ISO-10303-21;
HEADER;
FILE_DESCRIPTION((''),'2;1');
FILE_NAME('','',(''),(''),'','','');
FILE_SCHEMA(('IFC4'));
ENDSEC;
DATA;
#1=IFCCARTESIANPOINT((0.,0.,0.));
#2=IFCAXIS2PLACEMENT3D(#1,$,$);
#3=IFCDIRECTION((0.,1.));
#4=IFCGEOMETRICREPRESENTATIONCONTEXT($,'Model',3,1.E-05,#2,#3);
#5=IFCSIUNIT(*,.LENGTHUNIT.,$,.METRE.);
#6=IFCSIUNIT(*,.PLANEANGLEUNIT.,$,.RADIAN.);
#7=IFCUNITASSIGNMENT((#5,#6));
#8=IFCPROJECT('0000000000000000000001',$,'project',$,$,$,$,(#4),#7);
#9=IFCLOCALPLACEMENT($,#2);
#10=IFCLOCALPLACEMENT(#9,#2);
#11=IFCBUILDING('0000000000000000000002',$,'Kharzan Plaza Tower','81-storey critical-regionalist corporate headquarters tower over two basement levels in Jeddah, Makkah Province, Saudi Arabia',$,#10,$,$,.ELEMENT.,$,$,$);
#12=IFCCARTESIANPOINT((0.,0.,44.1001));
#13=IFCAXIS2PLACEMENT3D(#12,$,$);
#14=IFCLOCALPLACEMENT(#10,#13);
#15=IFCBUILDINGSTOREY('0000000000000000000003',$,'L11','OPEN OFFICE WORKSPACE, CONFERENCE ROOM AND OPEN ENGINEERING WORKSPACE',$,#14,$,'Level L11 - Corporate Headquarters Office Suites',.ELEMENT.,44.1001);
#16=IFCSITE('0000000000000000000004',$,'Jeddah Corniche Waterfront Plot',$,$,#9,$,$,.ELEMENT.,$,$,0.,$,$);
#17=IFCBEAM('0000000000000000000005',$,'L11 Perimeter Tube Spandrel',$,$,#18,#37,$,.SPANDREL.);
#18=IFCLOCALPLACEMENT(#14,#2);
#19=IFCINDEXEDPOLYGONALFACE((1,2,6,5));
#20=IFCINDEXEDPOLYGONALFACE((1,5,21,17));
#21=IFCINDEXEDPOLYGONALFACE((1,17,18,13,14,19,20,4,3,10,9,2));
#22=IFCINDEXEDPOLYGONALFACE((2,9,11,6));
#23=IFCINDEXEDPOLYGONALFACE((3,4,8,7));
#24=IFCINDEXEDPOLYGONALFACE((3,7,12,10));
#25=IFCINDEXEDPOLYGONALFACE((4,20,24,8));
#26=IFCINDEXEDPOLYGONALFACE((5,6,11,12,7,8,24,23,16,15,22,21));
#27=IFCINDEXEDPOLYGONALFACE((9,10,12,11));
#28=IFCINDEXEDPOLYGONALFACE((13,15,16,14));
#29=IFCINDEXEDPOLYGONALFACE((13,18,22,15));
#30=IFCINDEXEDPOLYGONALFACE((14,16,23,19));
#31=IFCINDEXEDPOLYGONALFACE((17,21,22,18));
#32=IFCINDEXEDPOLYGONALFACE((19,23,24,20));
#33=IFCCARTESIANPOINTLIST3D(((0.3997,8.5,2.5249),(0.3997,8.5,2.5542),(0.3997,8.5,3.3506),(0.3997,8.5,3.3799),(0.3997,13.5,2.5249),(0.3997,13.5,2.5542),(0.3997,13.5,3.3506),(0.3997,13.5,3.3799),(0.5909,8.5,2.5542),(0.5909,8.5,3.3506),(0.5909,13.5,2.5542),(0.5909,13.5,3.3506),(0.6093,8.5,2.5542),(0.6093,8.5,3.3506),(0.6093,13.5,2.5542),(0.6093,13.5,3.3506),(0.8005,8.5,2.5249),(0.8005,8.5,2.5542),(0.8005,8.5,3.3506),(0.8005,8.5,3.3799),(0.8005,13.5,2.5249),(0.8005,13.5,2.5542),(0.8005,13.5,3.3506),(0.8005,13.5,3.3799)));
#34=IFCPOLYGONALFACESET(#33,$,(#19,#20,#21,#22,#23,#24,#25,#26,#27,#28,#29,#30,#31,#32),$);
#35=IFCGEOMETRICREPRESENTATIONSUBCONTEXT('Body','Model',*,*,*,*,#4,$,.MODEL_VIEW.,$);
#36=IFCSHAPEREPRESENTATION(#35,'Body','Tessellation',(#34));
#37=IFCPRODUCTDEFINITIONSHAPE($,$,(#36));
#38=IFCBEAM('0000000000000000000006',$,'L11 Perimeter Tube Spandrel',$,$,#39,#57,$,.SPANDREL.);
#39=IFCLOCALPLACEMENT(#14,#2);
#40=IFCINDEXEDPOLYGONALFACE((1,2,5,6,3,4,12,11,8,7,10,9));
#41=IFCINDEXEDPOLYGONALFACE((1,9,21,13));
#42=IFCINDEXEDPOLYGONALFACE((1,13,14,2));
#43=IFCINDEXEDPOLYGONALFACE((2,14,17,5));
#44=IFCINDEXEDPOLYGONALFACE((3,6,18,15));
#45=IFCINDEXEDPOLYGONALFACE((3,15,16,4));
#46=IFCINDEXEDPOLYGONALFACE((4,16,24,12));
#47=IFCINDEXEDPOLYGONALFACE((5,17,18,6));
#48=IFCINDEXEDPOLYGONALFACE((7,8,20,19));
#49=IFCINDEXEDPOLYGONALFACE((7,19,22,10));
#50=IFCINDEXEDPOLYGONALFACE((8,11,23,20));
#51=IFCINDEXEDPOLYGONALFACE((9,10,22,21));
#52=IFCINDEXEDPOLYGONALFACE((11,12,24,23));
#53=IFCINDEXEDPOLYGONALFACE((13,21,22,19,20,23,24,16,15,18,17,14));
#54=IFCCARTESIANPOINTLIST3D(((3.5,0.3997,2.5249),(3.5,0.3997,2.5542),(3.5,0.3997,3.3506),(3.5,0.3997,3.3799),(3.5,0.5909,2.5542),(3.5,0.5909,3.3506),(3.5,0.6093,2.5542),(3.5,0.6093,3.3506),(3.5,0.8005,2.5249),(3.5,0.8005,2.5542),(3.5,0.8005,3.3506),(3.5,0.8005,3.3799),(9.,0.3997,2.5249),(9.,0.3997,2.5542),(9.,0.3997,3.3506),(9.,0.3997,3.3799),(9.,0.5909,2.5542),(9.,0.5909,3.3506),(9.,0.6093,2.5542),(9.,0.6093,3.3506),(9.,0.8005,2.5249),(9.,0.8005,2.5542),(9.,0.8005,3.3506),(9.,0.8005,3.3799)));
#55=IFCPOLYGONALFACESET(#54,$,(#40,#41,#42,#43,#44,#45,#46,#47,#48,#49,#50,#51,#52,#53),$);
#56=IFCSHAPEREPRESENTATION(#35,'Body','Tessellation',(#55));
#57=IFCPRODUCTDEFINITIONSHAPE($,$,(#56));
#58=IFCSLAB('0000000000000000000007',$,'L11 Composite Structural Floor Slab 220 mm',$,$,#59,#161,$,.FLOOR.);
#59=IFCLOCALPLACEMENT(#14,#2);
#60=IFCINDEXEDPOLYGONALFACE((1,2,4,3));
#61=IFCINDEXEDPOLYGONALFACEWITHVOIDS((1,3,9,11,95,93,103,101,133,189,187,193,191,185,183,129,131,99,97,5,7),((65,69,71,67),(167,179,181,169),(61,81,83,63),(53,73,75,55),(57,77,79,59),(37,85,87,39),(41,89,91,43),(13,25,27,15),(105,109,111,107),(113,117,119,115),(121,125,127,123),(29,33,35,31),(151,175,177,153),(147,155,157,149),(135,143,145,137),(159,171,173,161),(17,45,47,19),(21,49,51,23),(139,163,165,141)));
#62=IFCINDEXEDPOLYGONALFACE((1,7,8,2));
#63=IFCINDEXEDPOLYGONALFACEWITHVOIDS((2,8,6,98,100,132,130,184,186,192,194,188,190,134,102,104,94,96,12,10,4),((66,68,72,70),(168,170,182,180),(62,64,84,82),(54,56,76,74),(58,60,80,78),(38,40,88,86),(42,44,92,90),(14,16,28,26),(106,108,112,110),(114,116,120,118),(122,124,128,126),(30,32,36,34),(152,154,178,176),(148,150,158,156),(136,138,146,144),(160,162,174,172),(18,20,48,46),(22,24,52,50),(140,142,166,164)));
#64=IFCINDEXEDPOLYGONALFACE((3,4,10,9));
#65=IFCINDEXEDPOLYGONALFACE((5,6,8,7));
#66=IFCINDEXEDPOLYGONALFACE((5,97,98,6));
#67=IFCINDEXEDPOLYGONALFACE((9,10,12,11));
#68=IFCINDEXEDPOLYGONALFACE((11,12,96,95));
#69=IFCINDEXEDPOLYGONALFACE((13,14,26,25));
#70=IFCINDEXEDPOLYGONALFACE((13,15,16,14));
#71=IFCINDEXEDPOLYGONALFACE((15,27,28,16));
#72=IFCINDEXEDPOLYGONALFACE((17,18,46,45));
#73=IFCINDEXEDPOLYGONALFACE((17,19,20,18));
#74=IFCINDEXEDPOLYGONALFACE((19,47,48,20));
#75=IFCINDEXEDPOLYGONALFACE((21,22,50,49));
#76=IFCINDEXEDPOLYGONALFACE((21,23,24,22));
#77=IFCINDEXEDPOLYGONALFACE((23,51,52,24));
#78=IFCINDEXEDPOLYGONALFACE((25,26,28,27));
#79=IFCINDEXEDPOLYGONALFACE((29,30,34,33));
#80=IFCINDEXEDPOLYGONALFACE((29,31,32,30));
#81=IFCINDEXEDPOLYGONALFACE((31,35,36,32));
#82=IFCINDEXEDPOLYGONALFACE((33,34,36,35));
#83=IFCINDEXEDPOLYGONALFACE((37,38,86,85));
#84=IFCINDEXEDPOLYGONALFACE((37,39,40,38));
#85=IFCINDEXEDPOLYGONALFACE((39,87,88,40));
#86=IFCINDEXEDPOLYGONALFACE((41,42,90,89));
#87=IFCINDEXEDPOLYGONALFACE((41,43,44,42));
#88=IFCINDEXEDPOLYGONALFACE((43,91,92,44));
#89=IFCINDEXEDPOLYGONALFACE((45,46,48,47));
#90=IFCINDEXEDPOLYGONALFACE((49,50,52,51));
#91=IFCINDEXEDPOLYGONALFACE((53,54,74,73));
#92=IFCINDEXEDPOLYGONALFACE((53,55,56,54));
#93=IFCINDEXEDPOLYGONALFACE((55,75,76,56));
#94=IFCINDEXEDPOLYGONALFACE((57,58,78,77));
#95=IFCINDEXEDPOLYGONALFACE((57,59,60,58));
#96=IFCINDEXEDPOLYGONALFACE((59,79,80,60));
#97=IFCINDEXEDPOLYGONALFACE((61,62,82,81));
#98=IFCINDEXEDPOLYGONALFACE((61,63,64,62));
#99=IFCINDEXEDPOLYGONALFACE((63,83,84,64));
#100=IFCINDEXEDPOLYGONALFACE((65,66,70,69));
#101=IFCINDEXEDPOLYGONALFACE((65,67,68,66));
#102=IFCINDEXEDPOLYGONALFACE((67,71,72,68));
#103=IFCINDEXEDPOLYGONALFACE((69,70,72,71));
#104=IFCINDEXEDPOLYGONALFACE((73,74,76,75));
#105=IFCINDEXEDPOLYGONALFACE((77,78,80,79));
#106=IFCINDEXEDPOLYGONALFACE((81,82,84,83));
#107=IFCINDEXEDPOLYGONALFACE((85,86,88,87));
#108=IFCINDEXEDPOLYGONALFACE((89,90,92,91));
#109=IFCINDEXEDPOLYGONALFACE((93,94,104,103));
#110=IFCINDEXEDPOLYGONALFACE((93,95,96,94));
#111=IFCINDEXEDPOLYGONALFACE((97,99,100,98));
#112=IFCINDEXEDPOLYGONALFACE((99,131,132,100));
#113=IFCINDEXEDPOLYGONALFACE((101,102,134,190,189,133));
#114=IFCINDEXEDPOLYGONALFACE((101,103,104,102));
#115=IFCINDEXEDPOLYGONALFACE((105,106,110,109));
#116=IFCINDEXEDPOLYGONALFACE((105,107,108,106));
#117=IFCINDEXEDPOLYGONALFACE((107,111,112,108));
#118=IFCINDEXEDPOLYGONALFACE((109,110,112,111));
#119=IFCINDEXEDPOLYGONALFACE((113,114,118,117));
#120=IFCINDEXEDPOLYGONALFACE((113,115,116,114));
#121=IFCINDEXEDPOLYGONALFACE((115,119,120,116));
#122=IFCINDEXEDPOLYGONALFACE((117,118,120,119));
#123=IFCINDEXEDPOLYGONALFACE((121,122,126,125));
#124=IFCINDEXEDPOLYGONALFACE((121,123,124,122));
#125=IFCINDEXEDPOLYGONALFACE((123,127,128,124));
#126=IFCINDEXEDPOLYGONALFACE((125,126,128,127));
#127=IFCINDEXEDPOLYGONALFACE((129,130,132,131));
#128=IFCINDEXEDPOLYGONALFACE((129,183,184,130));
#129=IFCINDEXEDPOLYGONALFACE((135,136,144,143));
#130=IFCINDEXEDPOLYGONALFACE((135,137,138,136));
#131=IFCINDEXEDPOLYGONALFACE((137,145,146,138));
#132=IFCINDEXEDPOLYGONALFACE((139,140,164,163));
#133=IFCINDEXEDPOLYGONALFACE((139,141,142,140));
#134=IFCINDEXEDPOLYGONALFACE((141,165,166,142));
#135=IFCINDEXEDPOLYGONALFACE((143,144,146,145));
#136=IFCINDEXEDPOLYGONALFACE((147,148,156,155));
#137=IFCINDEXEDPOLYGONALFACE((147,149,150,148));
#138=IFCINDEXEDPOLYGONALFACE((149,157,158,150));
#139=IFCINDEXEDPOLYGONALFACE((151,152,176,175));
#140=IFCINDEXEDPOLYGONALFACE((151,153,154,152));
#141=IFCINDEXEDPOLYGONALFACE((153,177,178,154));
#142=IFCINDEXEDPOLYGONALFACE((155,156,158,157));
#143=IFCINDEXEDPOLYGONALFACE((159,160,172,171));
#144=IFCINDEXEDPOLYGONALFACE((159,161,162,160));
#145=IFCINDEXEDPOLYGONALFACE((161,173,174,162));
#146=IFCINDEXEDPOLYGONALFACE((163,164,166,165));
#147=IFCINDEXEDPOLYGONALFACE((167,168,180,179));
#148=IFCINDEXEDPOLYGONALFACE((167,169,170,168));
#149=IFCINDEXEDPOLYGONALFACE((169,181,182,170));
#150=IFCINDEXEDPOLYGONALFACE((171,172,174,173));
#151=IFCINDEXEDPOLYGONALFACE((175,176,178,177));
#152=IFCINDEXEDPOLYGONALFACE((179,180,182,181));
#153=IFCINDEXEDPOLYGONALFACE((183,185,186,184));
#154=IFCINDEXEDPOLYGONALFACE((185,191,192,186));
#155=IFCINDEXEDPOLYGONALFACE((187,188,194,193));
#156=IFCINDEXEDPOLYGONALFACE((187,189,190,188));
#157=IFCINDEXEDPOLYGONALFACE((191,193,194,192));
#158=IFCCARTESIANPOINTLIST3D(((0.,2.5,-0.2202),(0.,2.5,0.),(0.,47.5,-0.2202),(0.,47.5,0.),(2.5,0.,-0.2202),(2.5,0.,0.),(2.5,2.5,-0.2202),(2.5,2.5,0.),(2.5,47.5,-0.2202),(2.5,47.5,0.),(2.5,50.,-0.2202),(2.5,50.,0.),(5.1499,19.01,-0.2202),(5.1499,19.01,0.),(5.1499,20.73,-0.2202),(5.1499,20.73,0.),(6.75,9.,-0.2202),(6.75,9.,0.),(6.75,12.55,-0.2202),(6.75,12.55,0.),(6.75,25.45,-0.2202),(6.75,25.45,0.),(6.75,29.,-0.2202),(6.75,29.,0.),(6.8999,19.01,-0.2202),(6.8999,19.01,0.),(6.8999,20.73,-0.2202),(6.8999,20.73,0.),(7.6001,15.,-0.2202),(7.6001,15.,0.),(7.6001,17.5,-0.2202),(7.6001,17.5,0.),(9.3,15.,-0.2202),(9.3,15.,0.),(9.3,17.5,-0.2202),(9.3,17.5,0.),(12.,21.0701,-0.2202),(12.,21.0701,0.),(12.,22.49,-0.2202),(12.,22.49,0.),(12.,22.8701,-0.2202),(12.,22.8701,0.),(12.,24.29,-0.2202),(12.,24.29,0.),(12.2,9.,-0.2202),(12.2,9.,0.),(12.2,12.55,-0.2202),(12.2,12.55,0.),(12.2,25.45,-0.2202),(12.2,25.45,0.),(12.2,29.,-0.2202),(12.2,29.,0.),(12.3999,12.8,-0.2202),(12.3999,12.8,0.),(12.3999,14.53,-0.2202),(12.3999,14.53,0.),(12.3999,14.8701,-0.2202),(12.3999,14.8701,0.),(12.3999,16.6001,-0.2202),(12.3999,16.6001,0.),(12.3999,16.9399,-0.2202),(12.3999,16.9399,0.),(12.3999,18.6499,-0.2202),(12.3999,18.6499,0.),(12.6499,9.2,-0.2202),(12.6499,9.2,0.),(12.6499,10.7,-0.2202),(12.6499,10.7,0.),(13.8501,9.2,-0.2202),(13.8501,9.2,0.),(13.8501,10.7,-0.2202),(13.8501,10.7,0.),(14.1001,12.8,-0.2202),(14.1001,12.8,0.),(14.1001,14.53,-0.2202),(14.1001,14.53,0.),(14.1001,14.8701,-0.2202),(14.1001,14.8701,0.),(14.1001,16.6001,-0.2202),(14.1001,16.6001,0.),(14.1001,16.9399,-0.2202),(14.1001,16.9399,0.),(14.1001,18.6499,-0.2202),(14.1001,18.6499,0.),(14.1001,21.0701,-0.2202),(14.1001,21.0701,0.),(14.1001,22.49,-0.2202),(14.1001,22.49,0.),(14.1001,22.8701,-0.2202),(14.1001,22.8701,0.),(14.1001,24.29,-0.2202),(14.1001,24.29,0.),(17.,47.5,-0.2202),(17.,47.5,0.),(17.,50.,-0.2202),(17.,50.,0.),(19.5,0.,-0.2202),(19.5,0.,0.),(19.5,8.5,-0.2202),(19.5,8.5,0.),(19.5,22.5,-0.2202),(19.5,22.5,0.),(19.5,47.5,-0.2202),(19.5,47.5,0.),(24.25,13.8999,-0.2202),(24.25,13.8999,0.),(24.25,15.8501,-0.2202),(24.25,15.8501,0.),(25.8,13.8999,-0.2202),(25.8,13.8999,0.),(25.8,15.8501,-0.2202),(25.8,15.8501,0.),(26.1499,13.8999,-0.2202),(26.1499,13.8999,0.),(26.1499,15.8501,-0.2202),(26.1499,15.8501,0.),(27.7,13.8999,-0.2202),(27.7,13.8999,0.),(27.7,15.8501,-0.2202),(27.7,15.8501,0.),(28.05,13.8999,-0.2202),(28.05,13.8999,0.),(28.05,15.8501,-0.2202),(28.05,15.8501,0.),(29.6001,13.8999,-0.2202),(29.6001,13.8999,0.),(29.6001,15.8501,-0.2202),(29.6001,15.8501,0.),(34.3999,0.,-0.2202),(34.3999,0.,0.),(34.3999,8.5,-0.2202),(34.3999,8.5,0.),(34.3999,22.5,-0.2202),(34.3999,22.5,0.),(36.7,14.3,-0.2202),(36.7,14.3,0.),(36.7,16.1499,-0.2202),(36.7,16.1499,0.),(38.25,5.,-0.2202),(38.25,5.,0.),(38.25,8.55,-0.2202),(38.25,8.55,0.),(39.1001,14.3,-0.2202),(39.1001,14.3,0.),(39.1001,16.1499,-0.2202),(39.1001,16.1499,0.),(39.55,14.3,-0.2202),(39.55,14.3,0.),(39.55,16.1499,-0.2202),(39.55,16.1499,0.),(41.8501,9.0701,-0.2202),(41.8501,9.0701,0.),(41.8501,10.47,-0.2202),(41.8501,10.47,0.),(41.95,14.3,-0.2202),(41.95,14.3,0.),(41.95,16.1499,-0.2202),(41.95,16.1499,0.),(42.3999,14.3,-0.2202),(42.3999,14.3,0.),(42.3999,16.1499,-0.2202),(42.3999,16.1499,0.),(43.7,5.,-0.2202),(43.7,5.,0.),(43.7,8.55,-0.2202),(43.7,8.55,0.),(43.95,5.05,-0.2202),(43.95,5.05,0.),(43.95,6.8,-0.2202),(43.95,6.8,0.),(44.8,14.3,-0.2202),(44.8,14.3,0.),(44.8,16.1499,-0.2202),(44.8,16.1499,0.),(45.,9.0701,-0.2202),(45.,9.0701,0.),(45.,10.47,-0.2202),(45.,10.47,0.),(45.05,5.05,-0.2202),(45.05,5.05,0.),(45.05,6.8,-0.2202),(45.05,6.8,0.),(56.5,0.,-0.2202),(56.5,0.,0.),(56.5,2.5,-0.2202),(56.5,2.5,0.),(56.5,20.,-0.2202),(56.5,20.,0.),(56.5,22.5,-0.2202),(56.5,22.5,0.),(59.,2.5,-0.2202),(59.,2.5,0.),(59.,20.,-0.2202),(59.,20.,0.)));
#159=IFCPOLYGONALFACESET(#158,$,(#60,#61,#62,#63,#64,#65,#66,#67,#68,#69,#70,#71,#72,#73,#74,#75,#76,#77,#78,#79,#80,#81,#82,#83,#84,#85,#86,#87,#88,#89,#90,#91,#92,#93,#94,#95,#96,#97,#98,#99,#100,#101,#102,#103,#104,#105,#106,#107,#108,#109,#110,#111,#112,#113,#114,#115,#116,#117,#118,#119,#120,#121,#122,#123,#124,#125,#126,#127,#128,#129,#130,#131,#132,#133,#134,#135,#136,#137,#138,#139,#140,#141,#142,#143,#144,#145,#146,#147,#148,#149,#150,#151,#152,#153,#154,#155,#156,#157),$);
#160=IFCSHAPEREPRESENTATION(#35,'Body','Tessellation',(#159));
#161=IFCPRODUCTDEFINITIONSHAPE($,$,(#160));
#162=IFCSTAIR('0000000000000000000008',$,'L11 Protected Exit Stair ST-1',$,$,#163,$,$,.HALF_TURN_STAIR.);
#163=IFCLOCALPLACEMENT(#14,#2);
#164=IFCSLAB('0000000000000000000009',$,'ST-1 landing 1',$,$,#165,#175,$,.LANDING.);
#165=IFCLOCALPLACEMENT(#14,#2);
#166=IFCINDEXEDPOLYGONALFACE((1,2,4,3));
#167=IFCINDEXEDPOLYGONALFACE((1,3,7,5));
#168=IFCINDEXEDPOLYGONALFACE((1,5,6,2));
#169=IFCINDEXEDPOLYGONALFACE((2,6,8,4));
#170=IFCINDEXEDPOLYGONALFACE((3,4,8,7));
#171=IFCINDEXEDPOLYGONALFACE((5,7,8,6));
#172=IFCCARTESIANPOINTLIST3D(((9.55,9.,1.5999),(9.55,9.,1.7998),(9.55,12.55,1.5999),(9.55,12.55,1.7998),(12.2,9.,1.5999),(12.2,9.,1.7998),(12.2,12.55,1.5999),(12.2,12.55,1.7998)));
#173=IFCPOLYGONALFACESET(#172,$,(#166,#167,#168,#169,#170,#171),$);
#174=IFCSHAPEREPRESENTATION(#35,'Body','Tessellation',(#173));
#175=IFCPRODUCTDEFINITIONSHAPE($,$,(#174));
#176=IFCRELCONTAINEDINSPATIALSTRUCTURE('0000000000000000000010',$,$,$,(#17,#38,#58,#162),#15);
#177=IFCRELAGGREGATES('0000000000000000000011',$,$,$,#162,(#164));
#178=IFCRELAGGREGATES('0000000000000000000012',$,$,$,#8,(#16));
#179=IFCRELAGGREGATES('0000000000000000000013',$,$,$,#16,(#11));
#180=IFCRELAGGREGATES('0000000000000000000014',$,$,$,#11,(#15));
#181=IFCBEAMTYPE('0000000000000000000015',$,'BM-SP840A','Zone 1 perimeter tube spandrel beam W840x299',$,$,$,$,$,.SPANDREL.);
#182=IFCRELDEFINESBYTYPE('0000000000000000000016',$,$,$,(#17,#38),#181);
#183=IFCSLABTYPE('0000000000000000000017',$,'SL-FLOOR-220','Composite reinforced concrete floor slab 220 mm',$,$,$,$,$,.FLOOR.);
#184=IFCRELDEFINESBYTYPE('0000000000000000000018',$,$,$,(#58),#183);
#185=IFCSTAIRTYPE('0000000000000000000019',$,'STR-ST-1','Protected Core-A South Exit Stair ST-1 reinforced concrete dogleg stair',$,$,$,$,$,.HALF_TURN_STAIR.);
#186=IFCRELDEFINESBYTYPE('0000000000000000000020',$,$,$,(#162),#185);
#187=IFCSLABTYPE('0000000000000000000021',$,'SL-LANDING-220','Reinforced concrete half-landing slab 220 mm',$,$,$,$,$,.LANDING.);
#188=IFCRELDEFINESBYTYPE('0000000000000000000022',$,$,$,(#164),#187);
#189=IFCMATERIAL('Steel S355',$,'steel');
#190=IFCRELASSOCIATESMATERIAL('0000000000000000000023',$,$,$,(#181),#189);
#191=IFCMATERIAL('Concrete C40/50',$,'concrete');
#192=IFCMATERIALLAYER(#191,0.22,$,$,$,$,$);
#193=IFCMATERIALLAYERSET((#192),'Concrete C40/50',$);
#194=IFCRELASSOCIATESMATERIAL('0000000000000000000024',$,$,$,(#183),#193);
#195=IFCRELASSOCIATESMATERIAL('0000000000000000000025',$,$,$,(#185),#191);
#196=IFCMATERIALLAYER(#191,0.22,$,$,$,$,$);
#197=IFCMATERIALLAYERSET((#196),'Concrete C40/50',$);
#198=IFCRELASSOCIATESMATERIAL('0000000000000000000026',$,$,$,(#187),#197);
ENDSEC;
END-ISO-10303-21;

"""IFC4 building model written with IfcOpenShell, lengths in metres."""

from ifc_helpers import new_model, si_unit, direction, frame, origin, origin_2d, place, context, subcontext, project, spatial, polyline, i_section, outline, extrude, source, transform, mapped, material, layer, layer_set, material_profile, profile_set, type_object, element, aggregate, save


model = new_model("IFC4")

# Units and contexts
model_context = context("Model", 3, precision=1e-05, world=origin(), true_north=direction((0.0, 1.0)))
body_context = subcontext(model_context, "Body", "Model", "MODEL_VIEW")
ifc_project = project(units=[si_unit("LENGTHUNIT", "METRE"), si_unit("PLANEANGLEUNIT", "RADIAN")], contexts=[model_context])

# Site, building, storey
site_placement = place(None, origin())
site = spatial("IfcSite", under=ifc_project, at=site_placement, Name="Jeddah Corniche Waterfront Plot", CompositionType="ELEMENT", RefElevation=0.0)
building_placement = place(site_placement, origin())
building = spatial("IfcBuilding", under=site, at=building_placement, Name="Kharzan Plaza Tower", Description="81-storey critical-regionalist corporate headquarters tower over two basement levels in Jeddah, Makkah Province, Saudi Arabia", CompositionType="ELEMENT")
storey_placement = place(building_placement, frame((0.0, 0.0, 44.1001)))
storey = spatial("IfcBuildingStorey", under=building, at=storey_placement, Name="L11", Description="OPEN OFFICE WORKSPACE, CONFERENCE ROOM AND OPEN ENGINEERING WORKSPACE", LongName="Level L11 - Corporate Headquarters Office Suites", CompositionType="ELEMENT", Elevation=44.1001)

# Beams
ifc_material_1 = material(Name="Steel S355", Category="steel")
ifc_material_profile_1 = material_profile(ifc_material_1, i_section(OverallWidth=0.4009, OverallDepth=0.855, WebThickness=0.0183, FlangeThickness=0.0293, at=origin_2d()), Name="W840x299")
ifc_profile_set_1 = profile_set([ifc_material_profile_1], Name="Steel S355")
beam_type_1 = type_object("IfcBeamType", Name="BM-SP840A", Description="Zone 1 perimeter tube spandrel beam W840x299", PredefinedType="SPANDREL", material=ifc_profile_set_1)
shared_shape_1 = source(origin(), body_context, "Body", "SweptSolid", [
    extrude(i_section(OverallWidth=0.4009, OverallDepth=0.855, WebThickness=0.0183, FlangeThickness=0.0293, at=origin_2d()), origin(), (0.0, 0.0, 1.0), 5.0),
])
for number, where, z_axis, x_axis, name in (
    (1, (0.6001, 8.5, 2.9524), (0.0, 1.0, 0.0), (-1.0, 0.0, 0.0), "L11 Perimeter Tube Spandrel"),
):
    element("IfcBeam", number, at=place(storey_placement, frame(where, z_axis=z_axis, x_axis=x_axis)), inside=storey, type_object=beam_type_1, Name=name, PredefinedType="SPANDREL", context=body_context, shape_type="MappedRepresentation", body=[
        mapped(shared_shape_1, transform((0.0, 0.0, 0.0), x_axis=(1.0, 0.0, 0.0), y_axis=(0.0, 1.0, 0.0), z_axis=(0.0, 0.0, 1.0))),
    ])
shared_shape_2 = source(origin(), body_context, "Body", "SweptSolid", [
    extrude(i_section(OverallWidth=0.4009, OverallDepth=0.855, WebThickness=0.0183, FlangeThickness=0.0293, at=origin_2d()), origin(), (0.0, 0.0, 1.0), 5.5),
])
beam_1_placement = place(storey_placement, frame((3.5, 0.6001, 2.9524), z_axis=(1.0, 0.0, 0.0), x_axis=(0.0, 1.0, 0.0)))
element("IfcBeam", 2, at=beam_1_placement, inside=storey, type_object=beam_type_1, Name="L11 Perimeter Tube Spandrel", PredefinedType="SPANDREL", context=body_context, shape_type="MappedRepresentation", body=[
    mapped(shared_shape_2, transform((0.0, 0.0, 0.0), x_axis=(1.0, 0.0, 0.0), y_axis=(0.0, 1.0, 0.0), z_axis=(0.0, 0.0, 1.0))),
])

# Slab
ifc_material_2 = material(Name="Concrete C40/50", Category="concrete")
ifc_layer_1 = layer(ifc_material_2, 0.22)
ifc_layer_set_1 = layer_set([ifc_layer_1], Name="Concrete C40/50")
slab_type_1 = type_object("IfcSlabType", Name="SL-FLOOR-220", Description="Composite reinforced concrete floor slab 220 mm", PredefinedType="FLOOR", material=ifc_layer_set_1)
slab_1_placement = place(storey_placement, frame((0.0, 0.0, -0.2202)))
element("IfcSlab", 3, at=slab_1_placement, inside=storey, type_object=slab_type_1, Name="L11 Composite Structural Floor Slab 220 mm", PredefinedType="FLOOR", context=body_context, shape_type="SweptSolid", body=[
    extrude(outline(polyline([(34.3999, 22.5), (19.5, 22.5), (19.5, 47.5), (17.0, 47.5), (17.0, 50.0), (2.5, 50.0), (2.5, 47.5), (0.0, 47.5), (0.0, 2.5), (2.5, 2.5), (2.5, 0.0), (19.5, 0.0), (19.5, 8.5), (34.3999, 8.5), (34.3999, 0.0), (56.5, 0.0), (56.5, 2.5), (59.0, 2.5), (59.0, 20.0), (56.5, 20.0), (56.5, 22.5), (34.3999, 22.5)]), holes=[polyline([(13.8501, 9.2), (13.8501, 10.7), (12.6499, 10.7), (12.6499, 9.2), (13.8501, 9.2)]), polyline([(12.2, 9.0), (12.2, 12.55), (6.75, 12.55), (6.75, 9.0), (12.2, 9.0)]), polyline([(14.1001, 12.8), (14.1001, 14.53), (12.3999, 14.53), (12.3999, 12.8), (14.1001, 12.8)]), polyline([(14.1001, 14.8701), (14.1001, 16.6001), (12.3999, 16.6001), (12.3999, 14.8701), (14.1001, 14.8701)]), polyline([(9.3, 15.0), (9.3, 17.5), (7.6001, 17.5), (7.6001, 15.0), (9.3, 15.0)]), polyline([(14.1001, 16.9399), (14.1001, 18.6499), (12.3999, 18.6499), (12.3999, 16.9399), (14.1001, 16.9399)]), polyline([(6.8999, 19.01), (6.8999, 20.73), (5.1499, 20.73), (5.1499, 19.01), (6.8999, 19.01)]), polyline([(12.0, 21.0701), (14.1001, 21.0701), (14.1001, 22.49), (12.0, 22.49), (12.0, 21.0701)]), polyline([(12.0, 22.8701), (14.1001, 22.8701), (14.1001, 24.29), (12.0, 24.29), (12.0, 22.8701)]), polyline([(12.2, 25.45), (12.2, 29.0), (6.75, 29.0), (6.75, 25.45), (12.2, 25.45)]), polyline([(45.05, 5.05), (45.05, 6.8), (43.95, 6.8), (43.95, 5.05), (45.05, 5.05)]), polyline([(43.7, 5.0), (43.7, 8.55), (38.25, 8.55), (38.25, 5.0), (43.7, 5.0)]), polyline([(41.8501, 9.0701), (45.0, 9.0701), (45.0, 10.47), (41.8501, 10.47), (41.8501, 9.0701)]), polyline([(24.25, 13.8999), (25.8, 13.8999), (25.8, 15.8501), (24.25, 15.8501), (24.25, 13.8999)]), polyline([(27.7, 13.8999), (27.7, 15.8501), (26.1499, 15.8501), (26.1499, 13.8999), (27.7, 13.8999)]), polyline([(29.6001, 13.8999), (29.6001, 15.8501), (28.05, 15.8501), (28.05, 13.8999), (29.6001, 13.8999)]), polyline([(39.1001, 14.3), (39.1001, 16.1499), (36.7, 16.1499), (36.7, 14.3), (39.1001, 14.3)]), polyline([(39.55, 14.3), (41.95, 14.3), (41.95, 16.1499), (39.55, 16.1499), (39.55, 14.3)]), polyline([(42.3999, 14.3), (44.8, 14.3), (44.8, 16.1499), (42.3999, 16.1499), (42.3999, 14.3)])]), origin(), (0.0, 0.0, 1.0), 0.2202),
])

# Stair, slab
stair_type_1 = type_object("IfcStairType", Name="STR-ST-1", Description="Protected Core-A South Exit Stair ST-1 reinforced concrete dogleg stair", PredefinedType="HALF_TURN_STAIR", material=ifc_material_2)
stair_1_placement = place(storey_placement, origin())
stair_1 = element("IfcStair", 4, at=stair_1_placement, inside=storey, type_object=stair_type_1, Name="L11 Protected Exit Stair ST-1", PredefinedType="HALF_TURN_STAIR")
ifc_layer_2 = layer(ifc_material_2, 0.22)
ifc_layer_set_2 = layer_set([ifc_layer_2], Name="Concrete C40/50")
slab_type_2 = type_object("IfcSlabType", Name="SL-LANDING-220", Description="Reinforced concrete half-landing slab 220 mm", PredefinedType="LANDING", material=ifc_layer_set_2)
slab_2_placement = place(storey_placement, frame((0.0, 0.0, 1.5999)))
slab_2 = element("IfcSlab", 5, at=slab_2_placement, type_object=slab_type_2, Name="ST-1 landing 1", PredefinedType="LANDING", context=body_context, shape_type="SweptSolid", body=[
    extrude(outline(polyline([(9.55, 9.0), (12.2, 9.0), (12.2, 12.55), (9.55, 12.55), (9.55, 9.0)])), origin(), (0.0, 0.0, 1.0), 0.2),
])
aggregate(stair_1, [slab_2])

save(model, "model.ifc")
